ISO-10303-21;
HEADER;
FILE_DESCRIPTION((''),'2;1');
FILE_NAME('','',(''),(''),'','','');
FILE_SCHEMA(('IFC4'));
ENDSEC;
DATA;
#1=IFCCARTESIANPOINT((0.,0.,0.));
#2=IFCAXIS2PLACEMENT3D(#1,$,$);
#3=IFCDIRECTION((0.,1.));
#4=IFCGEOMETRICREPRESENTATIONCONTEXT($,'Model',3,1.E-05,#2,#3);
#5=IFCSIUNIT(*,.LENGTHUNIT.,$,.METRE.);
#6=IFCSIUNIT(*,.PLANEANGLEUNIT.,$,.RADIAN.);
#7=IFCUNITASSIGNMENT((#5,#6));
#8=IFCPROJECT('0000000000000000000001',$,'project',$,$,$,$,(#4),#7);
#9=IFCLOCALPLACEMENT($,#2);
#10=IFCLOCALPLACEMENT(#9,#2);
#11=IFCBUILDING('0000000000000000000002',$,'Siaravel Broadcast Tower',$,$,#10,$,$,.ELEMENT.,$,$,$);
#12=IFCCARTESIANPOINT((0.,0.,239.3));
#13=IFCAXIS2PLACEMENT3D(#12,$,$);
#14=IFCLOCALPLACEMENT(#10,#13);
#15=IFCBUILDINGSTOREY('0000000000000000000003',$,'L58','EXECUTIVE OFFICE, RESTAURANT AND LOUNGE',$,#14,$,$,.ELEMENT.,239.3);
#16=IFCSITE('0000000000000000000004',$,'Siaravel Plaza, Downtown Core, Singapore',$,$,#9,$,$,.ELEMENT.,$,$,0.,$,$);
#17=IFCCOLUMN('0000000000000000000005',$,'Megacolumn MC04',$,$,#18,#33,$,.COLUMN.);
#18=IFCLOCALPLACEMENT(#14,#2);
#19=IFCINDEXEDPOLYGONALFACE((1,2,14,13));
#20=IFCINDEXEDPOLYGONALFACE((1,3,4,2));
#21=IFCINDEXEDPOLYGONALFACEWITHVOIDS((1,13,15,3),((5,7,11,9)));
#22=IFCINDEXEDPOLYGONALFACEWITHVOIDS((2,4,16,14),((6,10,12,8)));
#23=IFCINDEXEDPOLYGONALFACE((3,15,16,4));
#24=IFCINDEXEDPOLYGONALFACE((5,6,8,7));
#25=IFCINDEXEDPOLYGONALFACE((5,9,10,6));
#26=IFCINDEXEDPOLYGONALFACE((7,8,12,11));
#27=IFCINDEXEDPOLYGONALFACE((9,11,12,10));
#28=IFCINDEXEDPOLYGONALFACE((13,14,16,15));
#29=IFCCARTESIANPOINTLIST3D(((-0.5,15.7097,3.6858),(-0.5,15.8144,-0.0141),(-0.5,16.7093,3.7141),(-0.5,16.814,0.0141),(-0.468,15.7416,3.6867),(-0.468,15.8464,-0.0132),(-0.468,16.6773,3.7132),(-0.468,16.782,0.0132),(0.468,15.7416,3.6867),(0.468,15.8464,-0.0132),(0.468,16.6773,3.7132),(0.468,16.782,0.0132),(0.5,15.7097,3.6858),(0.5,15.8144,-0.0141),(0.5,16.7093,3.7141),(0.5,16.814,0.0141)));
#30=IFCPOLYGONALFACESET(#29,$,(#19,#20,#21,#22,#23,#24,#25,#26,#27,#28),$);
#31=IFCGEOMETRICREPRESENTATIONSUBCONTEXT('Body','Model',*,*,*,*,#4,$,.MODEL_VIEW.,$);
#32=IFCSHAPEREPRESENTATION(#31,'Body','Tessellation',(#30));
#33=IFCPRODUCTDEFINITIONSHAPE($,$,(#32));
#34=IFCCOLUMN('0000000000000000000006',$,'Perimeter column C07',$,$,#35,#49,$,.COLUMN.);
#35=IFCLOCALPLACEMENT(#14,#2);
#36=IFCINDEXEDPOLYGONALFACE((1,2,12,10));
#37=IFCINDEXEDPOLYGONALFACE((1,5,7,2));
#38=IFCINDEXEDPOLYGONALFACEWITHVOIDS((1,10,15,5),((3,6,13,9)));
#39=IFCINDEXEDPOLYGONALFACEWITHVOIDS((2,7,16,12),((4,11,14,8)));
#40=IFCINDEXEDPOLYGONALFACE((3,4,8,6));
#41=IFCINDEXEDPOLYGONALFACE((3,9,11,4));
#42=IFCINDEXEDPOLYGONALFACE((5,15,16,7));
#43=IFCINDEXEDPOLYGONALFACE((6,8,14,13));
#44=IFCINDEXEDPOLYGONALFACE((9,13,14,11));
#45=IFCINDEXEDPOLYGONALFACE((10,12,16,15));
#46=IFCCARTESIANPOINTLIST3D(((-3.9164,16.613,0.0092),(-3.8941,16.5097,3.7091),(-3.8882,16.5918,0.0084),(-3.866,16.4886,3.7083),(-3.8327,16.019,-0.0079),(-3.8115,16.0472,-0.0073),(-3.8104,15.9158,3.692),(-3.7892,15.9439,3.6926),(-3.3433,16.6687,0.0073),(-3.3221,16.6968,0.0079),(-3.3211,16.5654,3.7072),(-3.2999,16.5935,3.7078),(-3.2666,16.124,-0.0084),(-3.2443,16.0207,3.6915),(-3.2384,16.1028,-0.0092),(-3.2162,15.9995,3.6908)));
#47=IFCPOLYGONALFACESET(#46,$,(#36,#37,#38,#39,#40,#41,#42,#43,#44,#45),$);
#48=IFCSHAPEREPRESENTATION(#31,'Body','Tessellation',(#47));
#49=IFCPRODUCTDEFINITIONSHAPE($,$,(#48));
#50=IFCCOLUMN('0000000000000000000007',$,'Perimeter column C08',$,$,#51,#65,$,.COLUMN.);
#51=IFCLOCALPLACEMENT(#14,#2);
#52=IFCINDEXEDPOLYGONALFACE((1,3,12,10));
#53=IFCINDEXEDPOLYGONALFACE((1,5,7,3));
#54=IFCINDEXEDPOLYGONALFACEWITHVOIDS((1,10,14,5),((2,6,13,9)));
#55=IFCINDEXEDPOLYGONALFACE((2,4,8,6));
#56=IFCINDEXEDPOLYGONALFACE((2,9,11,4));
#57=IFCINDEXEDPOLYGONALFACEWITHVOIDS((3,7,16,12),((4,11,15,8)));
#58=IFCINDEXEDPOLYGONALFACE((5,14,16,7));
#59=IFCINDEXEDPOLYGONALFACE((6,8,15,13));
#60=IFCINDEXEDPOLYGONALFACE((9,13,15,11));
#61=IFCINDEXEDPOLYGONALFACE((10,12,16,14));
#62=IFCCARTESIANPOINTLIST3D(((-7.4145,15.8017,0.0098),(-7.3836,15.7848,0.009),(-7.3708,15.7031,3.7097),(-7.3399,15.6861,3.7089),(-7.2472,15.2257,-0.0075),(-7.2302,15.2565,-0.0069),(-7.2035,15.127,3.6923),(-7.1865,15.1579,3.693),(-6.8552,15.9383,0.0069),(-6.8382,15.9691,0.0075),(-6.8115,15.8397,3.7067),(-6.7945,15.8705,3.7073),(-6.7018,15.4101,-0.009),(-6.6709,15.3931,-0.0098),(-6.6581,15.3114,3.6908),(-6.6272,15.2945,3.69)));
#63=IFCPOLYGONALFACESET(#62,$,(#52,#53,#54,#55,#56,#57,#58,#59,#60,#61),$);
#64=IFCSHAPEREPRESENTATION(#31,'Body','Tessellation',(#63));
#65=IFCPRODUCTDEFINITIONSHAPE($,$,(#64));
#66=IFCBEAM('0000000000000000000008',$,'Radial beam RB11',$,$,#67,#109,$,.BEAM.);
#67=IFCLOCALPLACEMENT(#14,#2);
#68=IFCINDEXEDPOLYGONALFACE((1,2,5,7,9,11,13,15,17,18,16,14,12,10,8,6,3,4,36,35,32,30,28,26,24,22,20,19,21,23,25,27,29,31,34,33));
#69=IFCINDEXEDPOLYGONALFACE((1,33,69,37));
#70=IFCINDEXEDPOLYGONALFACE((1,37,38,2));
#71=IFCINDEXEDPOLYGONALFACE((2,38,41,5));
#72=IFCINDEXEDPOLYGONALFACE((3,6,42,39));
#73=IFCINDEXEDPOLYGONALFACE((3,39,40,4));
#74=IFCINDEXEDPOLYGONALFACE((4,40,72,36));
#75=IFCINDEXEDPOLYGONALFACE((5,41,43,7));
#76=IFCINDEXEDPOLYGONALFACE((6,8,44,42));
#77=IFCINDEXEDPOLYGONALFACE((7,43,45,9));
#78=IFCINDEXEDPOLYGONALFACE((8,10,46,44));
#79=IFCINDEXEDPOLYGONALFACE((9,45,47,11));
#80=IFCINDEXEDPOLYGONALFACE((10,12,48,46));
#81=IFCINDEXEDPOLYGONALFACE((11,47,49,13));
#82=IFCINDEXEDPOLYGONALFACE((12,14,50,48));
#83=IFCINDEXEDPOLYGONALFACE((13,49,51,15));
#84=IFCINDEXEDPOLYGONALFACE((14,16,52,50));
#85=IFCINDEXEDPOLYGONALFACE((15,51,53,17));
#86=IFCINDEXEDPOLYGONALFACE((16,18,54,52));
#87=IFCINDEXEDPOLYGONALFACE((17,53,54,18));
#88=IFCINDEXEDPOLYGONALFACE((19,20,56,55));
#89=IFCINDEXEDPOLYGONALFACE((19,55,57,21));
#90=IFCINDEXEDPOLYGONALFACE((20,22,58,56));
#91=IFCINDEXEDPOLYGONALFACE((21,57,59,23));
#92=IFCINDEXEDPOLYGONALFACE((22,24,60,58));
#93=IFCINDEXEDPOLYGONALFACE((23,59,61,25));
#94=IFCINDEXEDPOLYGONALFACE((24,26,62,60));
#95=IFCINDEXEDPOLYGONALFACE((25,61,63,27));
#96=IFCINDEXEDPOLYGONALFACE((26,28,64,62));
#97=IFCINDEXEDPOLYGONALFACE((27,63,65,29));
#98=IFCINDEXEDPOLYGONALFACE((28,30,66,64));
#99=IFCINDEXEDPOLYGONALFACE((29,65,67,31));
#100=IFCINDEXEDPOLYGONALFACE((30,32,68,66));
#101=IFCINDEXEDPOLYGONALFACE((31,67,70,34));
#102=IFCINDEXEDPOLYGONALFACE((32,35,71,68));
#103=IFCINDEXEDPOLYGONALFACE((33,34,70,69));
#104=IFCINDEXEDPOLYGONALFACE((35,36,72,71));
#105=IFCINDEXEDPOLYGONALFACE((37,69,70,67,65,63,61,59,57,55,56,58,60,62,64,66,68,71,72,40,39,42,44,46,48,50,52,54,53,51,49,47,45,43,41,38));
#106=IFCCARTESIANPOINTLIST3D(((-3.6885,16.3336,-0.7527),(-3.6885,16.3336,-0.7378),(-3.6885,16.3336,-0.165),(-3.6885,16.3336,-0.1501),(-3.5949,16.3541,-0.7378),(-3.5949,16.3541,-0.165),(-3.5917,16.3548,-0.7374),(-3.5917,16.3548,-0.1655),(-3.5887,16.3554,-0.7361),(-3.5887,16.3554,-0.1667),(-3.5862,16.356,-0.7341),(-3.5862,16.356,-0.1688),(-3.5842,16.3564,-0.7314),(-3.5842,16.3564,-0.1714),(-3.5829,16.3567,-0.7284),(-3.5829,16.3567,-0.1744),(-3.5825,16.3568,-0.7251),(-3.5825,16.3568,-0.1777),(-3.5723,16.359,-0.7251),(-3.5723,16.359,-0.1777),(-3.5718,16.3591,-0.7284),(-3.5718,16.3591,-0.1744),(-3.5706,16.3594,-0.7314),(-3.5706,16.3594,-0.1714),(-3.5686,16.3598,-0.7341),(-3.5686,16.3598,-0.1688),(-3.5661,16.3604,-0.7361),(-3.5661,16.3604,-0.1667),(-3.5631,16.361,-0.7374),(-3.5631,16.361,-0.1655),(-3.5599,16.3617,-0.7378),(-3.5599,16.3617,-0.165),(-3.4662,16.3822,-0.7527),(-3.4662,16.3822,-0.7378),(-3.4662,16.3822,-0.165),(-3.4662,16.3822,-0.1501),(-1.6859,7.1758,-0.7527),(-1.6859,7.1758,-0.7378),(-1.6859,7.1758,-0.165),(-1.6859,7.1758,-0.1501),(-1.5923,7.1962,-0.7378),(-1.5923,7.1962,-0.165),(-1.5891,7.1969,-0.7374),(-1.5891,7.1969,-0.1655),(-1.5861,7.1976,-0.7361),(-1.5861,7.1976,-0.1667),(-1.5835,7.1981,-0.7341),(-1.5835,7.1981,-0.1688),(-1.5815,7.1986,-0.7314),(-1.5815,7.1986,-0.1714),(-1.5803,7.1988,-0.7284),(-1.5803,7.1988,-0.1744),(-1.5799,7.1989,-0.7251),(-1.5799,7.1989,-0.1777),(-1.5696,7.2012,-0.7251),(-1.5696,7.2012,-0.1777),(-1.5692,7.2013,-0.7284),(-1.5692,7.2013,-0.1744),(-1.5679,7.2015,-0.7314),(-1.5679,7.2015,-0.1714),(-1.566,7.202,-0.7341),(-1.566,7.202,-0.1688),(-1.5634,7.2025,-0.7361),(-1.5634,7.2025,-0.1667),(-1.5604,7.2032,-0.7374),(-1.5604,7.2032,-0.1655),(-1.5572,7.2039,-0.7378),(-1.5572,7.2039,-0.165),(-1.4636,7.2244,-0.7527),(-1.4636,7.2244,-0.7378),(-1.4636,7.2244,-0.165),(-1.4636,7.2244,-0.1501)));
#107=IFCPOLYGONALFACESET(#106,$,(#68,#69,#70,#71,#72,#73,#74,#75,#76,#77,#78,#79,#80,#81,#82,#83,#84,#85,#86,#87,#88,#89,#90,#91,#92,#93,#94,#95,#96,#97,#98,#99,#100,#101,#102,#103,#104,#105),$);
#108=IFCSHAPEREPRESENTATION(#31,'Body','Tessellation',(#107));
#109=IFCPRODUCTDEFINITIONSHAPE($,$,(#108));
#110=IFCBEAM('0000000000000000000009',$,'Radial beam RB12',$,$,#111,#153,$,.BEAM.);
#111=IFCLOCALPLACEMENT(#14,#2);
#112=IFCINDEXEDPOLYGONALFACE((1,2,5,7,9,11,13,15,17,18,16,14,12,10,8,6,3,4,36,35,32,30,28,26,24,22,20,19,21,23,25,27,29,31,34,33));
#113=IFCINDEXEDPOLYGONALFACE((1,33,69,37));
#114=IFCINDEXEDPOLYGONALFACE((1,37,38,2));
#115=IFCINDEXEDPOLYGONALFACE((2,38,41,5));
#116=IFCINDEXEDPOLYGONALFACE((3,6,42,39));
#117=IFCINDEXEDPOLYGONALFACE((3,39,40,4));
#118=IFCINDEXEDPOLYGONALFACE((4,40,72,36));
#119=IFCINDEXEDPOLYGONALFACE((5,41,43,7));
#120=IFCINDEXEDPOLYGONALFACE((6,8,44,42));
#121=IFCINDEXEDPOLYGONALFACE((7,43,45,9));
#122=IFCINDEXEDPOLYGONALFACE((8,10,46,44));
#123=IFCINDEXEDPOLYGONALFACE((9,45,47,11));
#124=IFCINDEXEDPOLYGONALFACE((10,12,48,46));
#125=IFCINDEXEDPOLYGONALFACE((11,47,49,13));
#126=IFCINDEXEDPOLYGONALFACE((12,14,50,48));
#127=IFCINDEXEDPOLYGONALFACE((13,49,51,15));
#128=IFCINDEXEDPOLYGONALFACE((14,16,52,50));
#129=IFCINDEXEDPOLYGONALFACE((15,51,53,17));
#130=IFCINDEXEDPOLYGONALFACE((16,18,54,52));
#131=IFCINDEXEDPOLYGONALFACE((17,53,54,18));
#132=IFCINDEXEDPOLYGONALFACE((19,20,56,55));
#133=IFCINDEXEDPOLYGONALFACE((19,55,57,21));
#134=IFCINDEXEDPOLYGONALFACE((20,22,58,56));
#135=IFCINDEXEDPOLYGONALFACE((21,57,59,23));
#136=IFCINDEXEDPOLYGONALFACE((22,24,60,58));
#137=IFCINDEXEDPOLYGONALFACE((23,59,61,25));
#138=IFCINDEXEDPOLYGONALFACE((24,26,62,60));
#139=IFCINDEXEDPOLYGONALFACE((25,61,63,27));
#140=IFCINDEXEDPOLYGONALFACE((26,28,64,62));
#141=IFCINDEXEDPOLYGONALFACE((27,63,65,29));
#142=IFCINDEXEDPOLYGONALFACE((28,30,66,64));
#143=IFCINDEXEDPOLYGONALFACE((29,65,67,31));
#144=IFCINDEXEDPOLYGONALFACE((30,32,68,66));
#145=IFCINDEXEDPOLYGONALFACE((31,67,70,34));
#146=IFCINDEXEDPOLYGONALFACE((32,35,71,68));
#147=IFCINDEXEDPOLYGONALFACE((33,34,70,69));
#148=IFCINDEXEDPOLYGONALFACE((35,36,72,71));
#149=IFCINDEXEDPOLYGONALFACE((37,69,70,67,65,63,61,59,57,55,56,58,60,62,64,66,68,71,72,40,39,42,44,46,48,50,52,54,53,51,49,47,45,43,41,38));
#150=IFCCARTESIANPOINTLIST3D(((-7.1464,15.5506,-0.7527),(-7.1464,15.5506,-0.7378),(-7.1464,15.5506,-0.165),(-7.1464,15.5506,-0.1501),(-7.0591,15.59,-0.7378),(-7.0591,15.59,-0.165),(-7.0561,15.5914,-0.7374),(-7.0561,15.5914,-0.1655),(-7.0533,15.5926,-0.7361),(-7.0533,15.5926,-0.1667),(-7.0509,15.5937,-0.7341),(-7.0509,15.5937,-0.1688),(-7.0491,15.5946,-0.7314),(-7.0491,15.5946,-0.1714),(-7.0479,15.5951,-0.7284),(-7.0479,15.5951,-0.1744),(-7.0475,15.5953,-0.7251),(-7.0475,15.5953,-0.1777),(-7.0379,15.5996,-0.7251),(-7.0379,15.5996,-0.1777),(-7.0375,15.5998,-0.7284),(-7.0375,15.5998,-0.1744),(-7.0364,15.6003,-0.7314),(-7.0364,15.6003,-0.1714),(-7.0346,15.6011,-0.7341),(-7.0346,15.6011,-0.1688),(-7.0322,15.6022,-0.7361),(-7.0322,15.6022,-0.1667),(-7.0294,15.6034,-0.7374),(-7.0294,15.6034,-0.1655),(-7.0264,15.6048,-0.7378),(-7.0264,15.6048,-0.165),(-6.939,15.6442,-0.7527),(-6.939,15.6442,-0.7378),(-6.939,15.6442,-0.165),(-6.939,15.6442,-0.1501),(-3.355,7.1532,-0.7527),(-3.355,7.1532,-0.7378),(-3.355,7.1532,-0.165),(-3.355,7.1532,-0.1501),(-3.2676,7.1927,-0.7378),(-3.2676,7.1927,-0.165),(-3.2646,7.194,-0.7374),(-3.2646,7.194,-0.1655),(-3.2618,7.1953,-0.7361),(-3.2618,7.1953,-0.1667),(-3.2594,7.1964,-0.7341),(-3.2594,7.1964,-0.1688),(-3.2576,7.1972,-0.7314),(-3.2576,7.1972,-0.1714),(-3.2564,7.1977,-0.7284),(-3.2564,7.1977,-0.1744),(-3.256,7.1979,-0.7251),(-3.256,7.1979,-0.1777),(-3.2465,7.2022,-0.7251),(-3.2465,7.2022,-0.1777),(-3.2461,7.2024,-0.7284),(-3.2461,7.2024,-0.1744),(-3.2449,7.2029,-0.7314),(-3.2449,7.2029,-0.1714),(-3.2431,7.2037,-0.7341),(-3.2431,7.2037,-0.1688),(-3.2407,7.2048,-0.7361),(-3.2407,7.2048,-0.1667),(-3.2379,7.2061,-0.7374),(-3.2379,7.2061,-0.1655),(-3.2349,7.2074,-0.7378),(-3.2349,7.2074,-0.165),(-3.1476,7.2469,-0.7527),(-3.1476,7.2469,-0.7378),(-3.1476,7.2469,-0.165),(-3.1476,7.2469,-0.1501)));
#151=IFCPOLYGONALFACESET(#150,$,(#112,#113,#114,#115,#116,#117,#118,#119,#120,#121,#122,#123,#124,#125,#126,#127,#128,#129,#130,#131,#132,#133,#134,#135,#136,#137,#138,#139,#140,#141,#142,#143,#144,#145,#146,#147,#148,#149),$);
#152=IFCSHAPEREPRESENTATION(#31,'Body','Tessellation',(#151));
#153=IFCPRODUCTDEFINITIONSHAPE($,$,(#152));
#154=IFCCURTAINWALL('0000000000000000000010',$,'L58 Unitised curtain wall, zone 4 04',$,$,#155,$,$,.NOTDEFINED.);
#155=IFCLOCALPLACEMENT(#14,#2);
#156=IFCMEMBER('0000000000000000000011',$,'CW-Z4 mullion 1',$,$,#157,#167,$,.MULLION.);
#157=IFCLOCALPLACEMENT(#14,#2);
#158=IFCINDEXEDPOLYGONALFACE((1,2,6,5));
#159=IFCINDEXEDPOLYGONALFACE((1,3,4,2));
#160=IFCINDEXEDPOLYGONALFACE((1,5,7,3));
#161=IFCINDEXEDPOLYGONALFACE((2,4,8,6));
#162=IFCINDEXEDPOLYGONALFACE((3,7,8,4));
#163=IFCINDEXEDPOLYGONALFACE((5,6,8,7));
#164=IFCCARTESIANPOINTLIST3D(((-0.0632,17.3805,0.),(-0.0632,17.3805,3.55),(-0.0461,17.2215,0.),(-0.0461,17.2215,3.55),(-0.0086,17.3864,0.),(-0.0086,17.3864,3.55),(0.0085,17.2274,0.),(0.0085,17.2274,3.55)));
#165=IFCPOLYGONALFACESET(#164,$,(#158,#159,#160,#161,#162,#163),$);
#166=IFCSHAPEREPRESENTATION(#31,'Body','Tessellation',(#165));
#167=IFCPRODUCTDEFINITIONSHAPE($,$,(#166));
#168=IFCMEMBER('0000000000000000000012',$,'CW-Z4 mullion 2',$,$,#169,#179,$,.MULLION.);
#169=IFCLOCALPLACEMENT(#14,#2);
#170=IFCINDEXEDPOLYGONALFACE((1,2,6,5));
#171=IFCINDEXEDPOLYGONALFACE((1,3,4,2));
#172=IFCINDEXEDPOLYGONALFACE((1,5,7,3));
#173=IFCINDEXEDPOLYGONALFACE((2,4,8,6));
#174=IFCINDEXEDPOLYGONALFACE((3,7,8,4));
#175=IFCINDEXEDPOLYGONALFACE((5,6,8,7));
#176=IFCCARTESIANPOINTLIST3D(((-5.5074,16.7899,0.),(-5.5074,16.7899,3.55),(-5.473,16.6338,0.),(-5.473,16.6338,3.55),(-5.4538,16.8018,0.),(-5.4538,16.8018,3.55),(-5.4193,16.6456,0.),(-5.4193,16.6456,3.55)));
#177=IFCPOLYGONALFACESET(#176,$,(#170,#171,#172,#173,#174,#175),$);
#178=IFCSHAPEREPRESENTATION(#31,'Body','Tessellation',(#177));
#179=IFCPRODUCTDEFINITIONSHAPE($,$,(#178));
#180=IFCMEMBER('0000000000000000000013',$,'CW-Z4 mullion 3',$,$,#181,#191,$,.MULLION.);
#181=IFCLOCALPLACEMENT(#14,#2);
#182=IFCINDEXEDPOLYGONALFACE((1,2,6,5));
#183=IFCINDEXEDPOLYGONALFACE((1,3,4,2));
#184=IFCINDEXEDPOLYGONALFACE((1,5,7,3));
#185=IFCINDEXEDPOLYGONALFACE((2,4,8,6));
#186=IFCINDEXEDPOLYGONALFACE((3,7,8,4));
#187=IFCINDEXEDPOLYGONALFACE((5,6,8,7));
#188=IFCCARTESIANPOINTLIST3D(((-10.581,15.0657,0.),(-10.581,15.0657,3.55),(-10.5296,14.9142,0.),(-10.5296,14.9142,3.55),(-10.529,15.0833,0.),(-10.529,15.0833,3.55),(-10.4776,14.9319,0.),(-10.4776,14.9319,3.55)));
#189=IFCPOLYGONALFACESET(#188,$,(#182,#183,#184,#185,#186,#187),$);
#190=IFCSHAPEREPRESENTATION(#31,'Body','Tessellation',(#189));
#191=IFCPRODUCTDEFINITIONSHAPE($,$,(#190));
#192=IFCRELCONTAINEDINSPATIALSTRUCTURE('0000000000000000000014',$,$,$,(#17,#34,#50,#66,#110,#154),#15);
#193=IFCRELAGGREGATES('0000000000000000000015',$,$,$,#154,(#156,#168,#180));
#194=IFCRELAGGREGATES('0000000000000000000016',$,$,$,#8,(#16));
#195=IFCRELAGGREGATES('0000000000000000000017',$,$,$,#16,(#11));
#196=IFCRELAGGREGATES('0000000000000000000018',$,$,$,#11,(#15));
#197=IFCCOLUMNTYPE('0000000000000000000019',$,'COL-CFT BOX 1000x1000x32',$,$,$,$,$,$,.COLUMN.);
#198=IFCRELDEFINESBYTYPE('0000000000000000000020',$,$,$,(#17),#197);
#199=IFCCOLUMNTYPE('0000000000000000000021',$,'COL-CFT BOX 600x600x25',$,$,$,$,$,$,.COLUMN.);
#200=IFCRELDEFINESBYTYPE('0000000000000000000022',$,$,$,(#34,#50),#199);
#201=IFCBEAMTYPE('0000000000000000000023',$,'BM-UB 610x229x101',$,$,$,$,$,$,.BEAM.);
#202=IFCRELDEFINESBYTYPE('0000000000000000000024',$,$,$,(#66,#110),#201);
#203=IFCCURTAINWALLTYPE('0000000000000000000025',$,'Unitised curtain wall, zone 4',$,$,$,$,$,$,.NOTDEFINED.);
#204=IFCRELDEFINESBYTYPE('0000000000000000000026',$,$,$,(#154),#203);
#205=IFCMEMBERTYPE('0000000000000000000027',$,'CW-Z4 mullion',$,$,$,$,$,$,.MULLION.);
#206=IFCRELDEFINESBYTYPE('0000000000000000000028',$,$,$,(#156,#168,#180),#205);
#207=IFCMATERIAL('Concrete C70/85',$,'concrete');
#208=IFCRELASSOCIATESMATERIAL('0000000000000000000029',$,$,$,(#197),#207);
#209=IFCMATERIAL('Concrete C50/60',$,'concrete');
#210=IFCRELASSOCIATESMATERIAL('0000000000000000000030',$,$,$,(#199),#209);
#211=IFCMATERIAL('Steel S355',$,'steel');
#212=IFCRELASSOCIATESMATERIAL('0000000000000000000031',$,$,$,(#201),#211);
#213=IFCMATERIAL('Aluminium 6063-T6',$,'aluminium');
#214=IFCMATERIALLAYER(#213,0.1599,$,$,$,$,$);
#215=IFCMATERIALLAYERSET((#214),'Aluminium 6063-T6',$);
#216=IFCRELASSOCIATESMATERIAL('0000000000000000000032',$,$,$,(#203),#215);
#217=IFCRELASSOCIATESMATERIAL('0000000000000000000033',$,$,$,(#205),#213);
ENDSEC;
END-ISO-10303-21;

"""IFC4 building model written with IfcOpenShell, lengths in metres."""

from ifc_helpers import new_model, si_unit, direction, frame, origin, origin_2d, place, context, subcontext, project, spatial, rectangle, hollow_rectangle, i_section, extrude, material, layer, layer_set, material_profile, profile_set, type_object, element, aggregate, save


model = new_model("IFC4")

# Units and contexts
model_context = context("Model", 3, precision=1e-05, world=origin(), true_north=direction((0.0, 1.0)))
body_context = subcontext(model_context, "Body", "Model", "MODEL_VIEW")
ifc_project = project(units=[si_unit("LENGTHUNIT", "METRE"), si_unit("PLANEANGLEUNIT", "RADIAN")], contexts=[model_context])

# Site, building, storey
site_placement = place(None, origin())
site = spatial("IfcSite", under=ifc_project, at=site_placement, Name="Siaravel Plaza, Downtown Core, Singapore", CompositionType="ELEMENT", RefElevation=0.0)
building_placement = place(site_placement, origin())
building = spatial("IfcBuilding", under=site, at=building_placement, Name="Siaravel Broadcast Tower", CompositionType="ELEMENT")
storey_placement = place(building_placement, frame((0.0, 0.0, 239.3)))
storey = spatial("IfcBuildingStorey", under=building, at=storey_placement, Name="L58", Description="EXECUTIVE OFFICE, RESTAURANT AND LOUNGE", CompositionType="ELEMENT", Elevation=239.3)

# Columns
ifc_material_1 = material(Name="Concrete C70/85", Category="concrete")
ifc_material_profile_1 = material_profile(ifc_material_1, hollow_rectangle(XDim=1.0, YDim=1.0, WallThickness=0.032, at=origin_2d()))
ifc_profile_set_1 = profile_set([ifc_material_profile_1], Name="Concrete C70/85")
column_type_1 = type_object("IfcColumnType", Name="COL-CFT BOX 1000x1000x32", PredefinedType="COLUMN", material=ifc_profile_set_1)
column_placement = place(storey_placement, frame((0.0, 16.3142, 0.0), z_axis=(0.0, -0.028296, 0.9996), x_axis=(1.0, 0.0, 0.0)))
element("IfcColumn", 1, at=column_placement, inside=storey, type_object=column_type_1, Name="Megacolumn MC04", PredefinedType="COLUMN", context=body_context, shape_type="SweptSolid", body=[
    extrude(hollow_rectangle(XDim=1.0, YDim=1.0, WallThickness=0.032, at=origin_2d()), origin(), (0.0, 0.0, 1.0), 3.7014),
])
ifc_material_2 = material(Name="Concrete C50/60", Category="concrete")
ifc_material_profile_2 = material_profile(ifc_material_2, hollow_rectangle(XDim=0.6001, YDim=0.6001, WallThickness=0.0249, at=origin_2d()))
ifc_profile_set_2 = profile_set([ifc_material_profile_2], Name="Concrete C50/60")
column_type_2 = type_object("IfcColumnType", Name="COL-CFT BOX 600x600x25", PredefinedType="COLUMN", material=ifc_profile_set_2)
for number, where, z_axis, x_axis, name in (
    (2, (-3.5774, 16.3579, 0.0), (0.006002, -0.0279, 0.999593), (0.990206, 0.139599, -0.002049), "Perimeter column C07"),
    (3, (-7.0427, 15.5974, 0.0), (0.011806, -0.026647, 0.999575), (0.960287, 0.278987, -0.003905), "Perimeter column C08"),
):
    element("IfcColumn", number, at=place(storey_placement, frame(where, z_axis=z_axis, x_axis=x_axis)), inside=storey, type_object=column_type_2, Name=name, PredefinedType="COLUMN", context=body_context, shape_type="SweptSolid", body=[
        extrude(hollow_rectangle(XDim=0.6001, YDim=0.6001, WallThickness=0.0249, at=origin_2d()), origin(), (0.0, 0.0, 1.0), 3.7014),
    ])

# Beams
ifc_material_3 = material(Name="Steel S355", Category="steel")
ifc_material_profile_3 = material_profile(ifc_material_3, i_section(OverallWidth=0.2275, OverallDepth=0.6025, WebThickness=0.0105, FlangeThickness=0.0149, FilletRadius=0.0127, at=origin_2d()))
ifc_profile_set_3 = profile_set([ifc_material_profile_3], Name="Steel S355")
beam_type = type_object("IfcBeamType", Name="BM-UB 610x229x101", PredefinedType="BEAM", material=ifc_profile_set_3)
beam_1_placement = place(storey_placement, frame((-3.5774, 16.3579, -0.4514), z_axis=(0.213634, -0.976914, 0.0), x_axis=(0.976914, 0.213634, 0.0)))
element("IfcBeam", 4, at=beam_1_placement, inside=storey, type_object=beam_type, Name="Radial beam RB11", PredefinedType="BEAM", context=body_context, shape_type="SweptSolid", body=[
    extrude(i_section(OverallWidth=0.2275, OverallDepth=0.6025, WebThickness=0.0105, FlangeThickness=0.0149, FilletRadius=0.0127, at=origin_2d()), origin(), (0.0, 0.0, 1.0), 9.3743),
])
beam_2_placement = place(storey_placement, frame((-7.0427, 15.5974, -0.4514), z_axis=(0.411506, -0.911407, 0.0), x_axis=(0.911407, 0.411506, 0.0)))
element("IfcBeam", 5, at=beam_2_placement, inside=storey, type_object=beam_type, Name="Radial beam RB12", PredefinedType="BEAM", context=body_context, shape_type="SweptSolid", body=[
    extrude(i_section(OverallWidth=0.2275, OverallDepth=0.6025, WebThickness=0.0105, FlangeThickness=0.0149, FilletRadius=0.0127, at=origin_2d()), origin(), (0.0, 0.0, 1.0), 9.2136),
])

# Curtain wall, members
ifc_material_4 = material(Name="Aluminium 6063-T6", Category="aluminium")
ifc_layer_1 = layer(ifc_material_4, 0.1599)
ifc_layer_set_1 = layer_set([ifc_layer_1], Name="Aluminium 6063-T6")
curtain_wall_type = type_object("IfcCurtainWallType", Name="Unitised curtain wall, zone 4", PredefinedType="NOTDEFINED", material=ifc_layer_set_1)
curtain_wall_1_placement = place(storey_placement, origin())
curtain_wall_1 = element("IfcCurtainWall", 6, at=curtain_wall_1_placement, inside=storey, type_object=curtain_wall_type, Name="L58 Unitised curtain wall, zone 4 04", PredefinedType="NOTDEFINED")
ifc_material_profile_4 = material_profile(ifc_material_4, rectangle(XDim=0.1599, YDim=0.0549, at=origin_2d()))
ifc_profile_set_4 = profile_set([ifc_material_profile_4], Name="Aluminium 6063-T6")
member_type_1 = type_object("IfcMemberType", Name="CW-Z4 mullion", PredefinedType="MULLION", material=ifc_profile_set_4)
member_1_placement = place(storey_placement, frame((-0.0273, 17.304, 0.0), z_axis=(0.0, 0.0, 1.0), x_axis=(0.107218, -0.994236, 0.0)))
member_1 = element("IfcMember", 7, at=member_1_placement, type_object=member_type_1, Name="CW-Z4 mullion 1", PredefinedType="MULLION", context=body_context, shape_type="SweptSolid", body=[
    extrude(rectangle(XDim=0.1599, YDim=0.0549, at=origin_2d()), origin(), (0.0, 0.0, 1.0), 3.55),
])
member_2_placement = place(storey_placement, frame((-5.4634, 16.7178, 0.0), z_axis=(0.0, 0.0, 1.0), x_axis=(0.215559, -0.976491, 0.0)))
member_2 = element("IfcMember", 8, at=member_2_placement, type_object=member_type_1, Name="CW-Z4 mullion 2", PredefinedType="MULLION", context=body_context, shape_type="SweptSolid", body=[
    extrude(rectangle(XDim=0.1599, YDim=0.0549, at=origin_2d()), origin(), (0.0, 0.0, 1.0), 3.55),
])
member_3_placement = place(storey_placement, frame((-10.5293, 14.9988, 0.0), z_axis=(0.0, 0.0, 1.0), x_axis=(0.321301, -0.946977, 0.0)))
member_3 = element("IfcMember", 9, at=member_3_placement, type_object=member_type_1, Name="CW-Z4 mullion 3", PredefinedType="MULLION", context=body_context, shape_type="SweptSolid", body=[
    extrude(rectangle(XDim=0.1599, YDim=0.0549, at=origin_2d()), origin(), (0.0, 0.0, 1.0), 3.55),
])

aggregate(curtain_wall_1, [member_1, member_2, member_3])

save(model, "model.ifc")
